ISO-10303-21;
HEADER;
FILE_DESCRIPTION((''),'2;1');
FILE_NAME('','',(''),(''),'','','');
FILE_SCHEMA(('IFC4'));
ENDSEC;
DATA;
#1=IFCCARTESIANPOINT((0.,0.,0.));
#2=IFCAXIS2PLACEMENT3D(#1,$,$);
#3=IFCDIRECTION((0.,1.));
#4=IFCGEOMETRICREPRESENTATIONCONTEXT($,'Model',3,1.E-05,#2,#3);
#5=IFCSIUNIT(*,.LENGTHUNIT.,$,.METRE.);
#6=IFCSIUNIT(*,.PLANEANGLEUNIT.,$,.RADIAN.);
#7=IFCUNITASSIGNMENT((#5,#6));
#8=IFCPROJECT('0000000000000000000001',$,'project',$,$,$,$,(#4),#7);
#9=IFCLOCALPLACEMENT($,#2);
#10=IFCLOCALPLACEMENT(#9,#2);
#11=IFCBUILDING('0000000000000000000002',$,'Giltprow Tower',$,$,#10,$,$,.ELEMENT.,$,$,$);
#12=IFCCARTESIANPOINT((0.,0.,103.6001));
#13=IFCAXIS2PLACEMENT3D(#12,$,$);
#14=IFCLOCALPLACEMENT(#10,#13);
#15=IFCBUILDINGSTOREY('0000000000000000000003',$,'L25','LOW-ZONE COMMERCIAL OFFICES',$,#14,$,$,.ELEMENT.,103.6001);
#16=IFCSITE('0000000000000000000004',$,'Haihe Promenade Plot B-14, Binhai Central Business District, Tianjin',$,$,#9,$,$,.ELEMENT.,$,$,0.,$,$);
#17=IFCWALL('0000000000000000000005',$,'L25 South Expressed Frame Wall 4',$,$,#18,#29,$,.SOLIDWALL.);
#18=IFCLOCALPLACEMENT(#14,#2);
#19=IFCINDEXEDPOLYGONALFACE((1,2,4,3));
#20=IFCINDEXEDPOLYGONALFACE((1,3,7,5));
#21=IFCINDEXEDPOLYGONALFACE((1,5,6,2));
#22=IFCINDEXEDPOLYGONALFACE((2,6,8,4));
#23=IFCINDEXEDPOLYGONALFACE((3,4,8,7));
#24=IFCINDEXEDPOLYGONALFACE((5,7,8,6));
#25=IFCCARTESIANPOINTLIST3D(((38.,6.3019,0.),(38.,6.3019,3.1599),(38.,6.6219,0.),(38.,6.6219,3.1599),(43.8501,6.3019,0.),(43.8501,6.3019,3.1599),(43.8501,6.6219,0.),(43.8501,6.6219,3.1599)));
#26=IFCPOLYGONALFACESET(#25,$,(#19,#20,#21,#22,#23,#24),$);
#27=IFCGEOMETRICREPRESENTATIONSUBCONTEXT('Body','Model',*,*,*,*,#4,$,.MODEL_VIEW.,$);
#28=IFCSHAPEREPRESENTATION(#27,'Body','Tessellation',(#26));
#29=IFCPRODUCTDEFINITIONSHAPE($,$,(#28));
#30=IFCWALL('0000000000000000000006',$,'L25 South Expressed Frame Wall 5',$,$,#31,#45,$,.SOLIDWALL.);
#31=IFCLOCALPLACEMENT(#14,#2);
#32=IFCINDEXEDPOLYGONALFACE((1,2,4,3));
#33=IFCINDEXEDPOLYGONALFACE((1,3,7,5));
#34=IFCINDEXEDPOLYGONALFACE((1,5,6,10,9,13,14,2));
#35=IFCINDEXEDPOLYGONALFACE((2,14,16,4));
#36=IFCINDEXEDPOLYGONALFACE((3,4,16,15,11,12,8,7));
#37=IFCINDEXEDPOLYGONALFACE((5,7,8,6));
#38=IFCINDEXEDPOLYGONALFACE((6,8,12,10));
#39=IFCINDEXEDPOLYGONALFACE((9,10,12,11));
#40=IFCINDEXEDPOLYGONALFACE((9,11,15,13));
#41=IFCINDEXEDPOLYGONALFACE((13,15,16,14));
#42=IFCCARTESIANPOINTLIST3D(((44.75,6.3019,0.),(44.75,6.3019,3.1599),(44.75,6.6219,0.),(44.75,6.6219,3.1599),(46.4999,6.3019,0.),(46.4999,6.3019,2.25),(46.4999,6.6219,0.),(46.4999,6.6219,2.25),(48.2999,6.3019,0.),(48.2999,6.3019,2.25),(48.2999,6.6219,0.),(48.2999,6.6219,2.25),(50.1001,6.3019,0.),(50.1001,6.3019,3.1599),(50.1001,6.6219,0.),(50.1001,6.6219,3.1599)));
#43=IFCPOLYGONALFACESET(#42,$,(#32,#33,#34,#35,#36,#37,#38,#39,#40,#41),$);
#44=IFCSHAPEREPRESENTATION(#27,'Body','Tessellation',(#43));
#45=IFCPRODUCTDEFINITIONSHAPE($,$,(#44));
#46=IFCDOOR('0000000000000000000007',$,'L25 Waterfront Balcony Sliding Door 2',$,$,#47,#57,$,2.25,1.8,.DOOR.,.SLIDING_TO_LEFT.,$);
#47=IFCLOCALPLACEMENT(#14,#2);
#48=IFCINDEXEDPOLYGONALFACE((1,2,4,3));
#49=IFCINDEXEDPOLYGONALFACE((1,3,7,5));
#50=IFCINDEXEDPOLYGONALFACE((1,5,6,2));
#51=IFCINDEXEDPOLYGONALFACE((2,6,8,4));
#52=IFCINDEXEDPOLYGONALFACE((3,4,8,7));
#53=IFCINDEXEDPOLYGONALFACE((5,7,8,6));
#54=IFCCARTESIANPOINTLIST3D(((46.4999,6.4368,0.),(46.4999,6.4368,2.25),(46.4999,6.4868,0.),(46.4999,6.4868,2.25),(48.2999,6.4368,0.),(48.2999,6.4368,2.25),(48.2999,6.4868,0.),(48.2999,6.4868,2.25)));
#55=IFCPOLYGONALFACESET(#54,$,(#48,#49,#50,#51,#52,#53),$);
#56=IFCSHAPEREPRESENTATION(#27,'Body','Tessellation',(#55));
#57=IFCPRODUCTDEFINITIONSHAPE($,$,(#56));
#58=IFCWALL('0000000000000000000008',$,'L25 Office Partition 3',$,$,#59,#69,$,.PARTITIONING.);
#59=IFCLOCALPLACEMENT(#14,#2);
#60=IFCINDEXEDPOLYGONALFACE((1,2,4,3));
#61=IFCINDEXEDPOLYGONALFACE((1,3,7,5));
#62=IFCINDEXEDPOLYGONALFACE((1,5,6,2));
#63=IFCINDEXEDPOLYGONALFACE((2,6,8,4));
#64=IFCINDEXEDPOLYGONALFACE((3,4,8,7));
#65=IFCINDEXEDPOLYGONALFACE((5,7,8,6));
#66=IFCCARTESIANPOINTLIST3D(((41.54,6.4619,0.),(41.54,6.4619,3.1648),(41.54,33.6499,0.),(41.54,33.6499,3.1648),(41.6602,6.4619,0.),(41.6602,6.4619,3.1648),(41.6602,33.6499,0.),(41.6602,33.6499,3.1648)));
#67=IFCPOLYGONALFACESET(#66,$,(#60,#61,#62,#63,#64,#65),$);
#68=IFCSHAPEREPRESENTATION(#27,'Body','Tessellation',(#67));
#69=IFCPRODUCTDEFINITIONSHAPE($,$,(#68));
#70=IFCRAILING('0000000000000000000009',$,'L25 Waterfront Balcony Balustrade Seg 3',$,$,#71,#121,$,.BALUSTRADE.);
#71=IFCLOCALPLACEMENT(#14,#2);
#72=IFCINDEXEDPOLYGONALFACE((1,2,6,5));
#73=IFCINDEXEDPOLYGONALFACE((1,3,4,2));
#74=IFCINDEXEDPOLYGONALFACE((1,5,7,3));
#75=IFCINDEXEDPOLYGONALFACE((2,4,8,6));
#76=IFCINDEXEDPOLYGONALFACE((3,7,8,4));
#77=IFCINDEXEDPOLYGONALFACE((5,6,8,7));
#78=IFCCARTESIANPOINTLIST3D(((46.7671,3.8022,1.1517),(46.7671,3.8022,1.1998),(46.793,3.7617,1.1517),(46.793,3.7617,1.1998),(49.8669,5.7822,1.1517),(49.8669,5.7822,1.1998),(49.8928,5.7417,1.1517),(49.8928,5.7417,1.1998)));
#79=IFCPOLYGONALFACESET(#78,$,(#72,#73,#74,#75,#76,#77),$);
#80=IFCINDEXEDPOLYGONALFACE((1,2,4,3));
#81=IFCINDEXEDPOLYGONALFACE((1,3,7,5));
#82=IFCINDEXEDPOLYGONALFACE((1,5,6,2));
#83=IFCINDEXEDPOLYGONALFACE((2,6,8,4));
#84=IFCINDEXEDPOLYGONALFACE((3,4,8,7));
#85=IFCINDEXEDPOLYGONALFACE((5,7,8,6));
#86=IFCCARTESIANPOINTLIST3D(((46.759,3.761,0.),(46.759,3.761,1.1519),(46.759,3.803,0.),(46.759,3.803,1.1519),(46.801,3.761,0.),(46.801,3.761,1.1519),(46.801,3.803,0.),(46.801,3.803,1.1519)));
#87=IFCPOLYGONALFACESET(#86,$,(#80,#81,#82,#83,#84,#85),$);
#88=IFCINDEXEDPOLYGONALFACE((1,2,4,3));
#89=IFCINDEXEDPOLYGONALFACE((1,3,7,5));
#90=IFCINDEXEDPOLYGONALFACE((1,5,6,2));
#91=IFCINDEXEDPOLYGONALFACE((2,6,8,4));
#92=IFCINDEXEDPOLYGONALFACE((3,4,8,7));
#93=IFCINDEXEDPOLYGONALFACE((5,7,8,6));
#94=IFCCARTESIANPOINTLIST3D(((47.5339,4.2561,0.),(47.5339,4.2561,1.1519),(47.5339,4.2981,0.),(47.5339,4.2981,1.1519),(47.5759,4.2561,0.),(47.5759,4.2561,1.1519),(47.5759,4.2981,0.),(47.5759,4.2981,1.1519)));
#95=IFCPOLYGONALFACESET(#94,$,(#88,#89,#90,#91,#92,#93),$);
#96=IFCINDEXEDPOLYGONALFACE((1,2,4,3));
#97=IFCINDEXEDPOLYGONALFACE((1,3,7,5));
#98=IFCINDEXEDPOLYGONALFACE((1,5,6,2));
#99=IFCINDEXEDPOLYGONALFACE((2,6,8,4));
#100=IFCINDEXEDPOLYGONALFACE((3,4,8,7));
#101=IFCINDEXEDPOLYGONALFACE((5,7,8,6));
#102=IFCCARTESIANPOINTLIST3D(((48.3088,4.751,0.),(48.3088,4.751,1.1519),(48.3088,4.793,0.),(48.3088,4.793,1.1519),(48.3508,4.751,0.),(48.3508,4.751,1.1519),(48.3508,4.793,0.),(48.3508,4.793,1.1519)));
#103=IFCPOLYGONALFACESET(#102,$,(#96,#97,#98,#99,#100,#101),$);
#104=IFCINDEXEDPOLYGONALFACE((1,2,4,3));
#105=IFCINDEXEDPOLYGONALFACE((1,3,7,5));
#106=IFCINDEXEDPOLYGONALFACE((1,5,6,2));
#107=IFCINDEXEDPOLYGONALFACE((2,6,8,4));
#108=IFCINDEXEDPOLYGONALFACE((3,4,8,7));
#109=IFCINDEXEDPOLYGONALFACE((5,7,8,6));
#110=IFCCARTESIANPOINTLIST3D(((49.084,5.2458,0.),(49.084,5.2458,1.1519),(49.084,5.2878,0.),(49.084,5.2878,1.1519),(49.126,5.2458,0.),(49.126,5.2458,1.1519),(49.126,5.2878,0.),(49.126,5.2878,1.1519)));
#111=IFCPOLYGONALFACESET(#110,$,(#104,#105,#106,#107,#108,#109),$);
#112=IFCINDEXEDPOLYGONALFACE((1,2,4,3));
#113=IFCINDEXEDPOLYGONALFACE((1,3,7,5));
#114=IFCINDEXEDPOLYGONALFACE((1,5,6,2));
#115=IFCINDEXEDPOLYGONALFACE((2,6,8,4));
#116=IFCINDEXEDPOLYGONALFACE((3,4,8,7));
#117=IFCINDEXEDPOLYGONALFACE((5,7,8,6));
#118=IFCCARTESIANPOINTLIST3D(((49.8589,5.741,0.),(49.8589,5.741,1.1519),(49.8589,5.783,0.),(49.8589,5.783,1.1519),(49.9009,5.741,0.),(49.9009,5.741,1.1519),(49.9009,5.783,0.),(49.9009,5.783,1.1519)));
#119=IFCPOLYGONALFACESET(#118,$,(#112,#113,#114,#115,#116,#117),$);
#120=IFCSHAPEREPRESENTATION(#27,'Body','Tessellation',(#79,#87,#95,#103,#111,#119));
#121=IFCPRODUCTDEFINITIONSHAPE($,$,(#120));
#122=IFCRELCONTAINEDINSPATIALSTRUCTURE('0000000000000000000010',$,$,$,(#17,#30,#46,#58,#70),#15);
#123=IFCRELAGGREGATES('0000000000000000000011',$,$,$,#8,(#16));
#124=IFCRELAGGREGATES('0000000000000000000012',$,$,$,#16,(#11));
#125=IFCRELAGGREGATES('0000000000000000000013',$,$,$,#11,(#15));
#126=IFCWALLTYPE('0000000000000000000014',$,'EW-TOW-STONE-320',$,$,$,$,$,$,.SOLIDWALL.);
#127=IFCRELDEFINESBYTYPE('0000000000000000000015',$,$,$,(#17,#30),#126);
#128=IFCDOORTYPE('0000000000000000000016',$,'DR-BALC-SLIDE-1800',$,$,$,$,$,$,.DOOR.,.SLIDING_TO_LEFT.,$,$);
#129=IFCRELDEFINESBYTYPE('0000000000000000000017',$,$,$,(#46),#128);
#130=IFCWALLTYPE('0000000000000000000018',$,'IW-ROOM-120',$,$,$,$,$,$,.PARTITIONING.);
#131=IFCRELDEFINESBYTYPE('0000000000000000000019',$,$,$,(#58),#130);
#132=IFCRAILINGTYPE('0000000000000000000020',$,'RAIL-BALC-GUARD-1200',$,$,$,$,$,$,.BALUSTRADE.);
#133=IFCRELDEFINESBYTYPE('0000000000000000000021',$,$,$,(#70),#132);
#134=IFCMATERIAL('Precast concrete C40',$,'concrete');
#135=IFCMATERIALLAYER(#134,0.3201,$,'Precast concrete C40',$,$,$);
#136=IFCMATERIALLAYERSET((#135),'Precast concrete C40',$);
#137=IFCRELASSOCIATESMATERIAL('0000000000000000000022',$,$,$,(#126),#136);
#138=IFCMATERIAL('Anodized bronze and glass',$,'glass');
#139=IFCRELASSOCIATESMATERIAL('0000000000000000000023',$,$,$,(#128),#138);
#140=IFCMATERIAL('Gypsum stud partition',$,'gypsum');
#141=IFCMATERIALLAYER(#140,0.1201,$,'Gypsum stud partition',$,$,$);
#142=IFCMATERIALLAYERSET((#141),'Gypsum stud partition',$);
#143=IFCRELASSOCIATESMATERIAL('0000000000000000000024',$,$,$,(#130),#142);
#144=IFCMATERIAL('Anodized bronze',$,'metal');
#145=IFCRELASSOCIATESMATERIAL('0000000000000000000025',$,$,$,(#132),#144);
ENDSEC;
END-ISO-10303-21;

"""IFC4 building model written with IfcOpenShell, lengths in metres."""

from ifc_helpers import new_model, si_unit, direction, frame, frame_2d, origin, origin_2d, place, context, subcontext, project, spatial, rectangle, extrude, source, transform, mapped, material, layer, layer_set, type_object, element, fill, save


model = new_model("IFC4")

# Units and contexts
model_context = context("Model", 3, precision=1e-05, world=origin(), true_north=direction((0.0, 1.0)))
body_context = subcontext(model_context, "Body", "Model", "MODEL_VIEW")
ifc_project = project(units=[si_unit("LENGTHUNIT", "METRE"), si_unit("PLANEANGLEUNIT", "RADIAN")], contexts=[model_context])

# Site, building, storey
site_placement = place(None, origin())
site = spatial("IfcSite", under=ifc_project, at=site_placement, Name="Haihe Promenade Plot B-14, Binhai Central Business District, Tianjin", CompositionType="ELEMENT", RefElevation=0.0)
building_placement = place(site_placement, origin())
building = spatial("IfcBuilding", under=site, at=building_placement, Name="Giltprow Tower", CompositionType="ELEMENT")
storey_placement = place(building_placement, frame((0.0, 0.0, 103.6001)))
storey = spatial("IfcBuildingStorey", under=building, at=storey_placement, Name="L25", Description="LOW-ZONE COMMERCIAL OFFICES", CompositionType="ELEMENT", Elevation=103.6001)

# Shared definitions
ifc_material_1 = material(Name="Anodized bronze", Category="metal")

# Wall
ifc_material_2 = material(Name="Precast concrete C40", Category="concrete")
ifc_layer_1 = layer(ifc_material_2, 0.3201, Name="Precast concrete C40")
ifc_layer_set_1 = layer_set([ifc_layer_1], Name="Precast concrete C40")
wall_type_1 = type_object("IfcWallType", Name="EW-TOW-STONE-320", PredefinedType="SOLIDWALL", material=ifc_layer_set_1)
wall_1_placement = place(storey_placement, frame((38.0, 6.4619, 0.0), z_axis=(0.0, 0.0, 1.0), x_axis=(1.0, 0.0, 0.0)))
element("IfcWall", 1, at=wall_1_placement, inside=storey, type_object=wall_type_1, Name="L25 South Expressed Frame Wall 4", PredefinedType="SOLIDWALL", context=body_context, shape_type="SweptSolid", body=[
    extrude(rectangle(XDim=5.8501, YDim=0.3201, at=frame_2d((2.925, 0.0))), origin(), (0.0, 0.0, 1.0), 3.1599),
])

# Wall, opening, door
wall_2_placement = place(storey_placement, frame((44.75, 6.4619, 0.0), z_axis=(0.0, 0.0, 1.0), x_axis=(1.0, 0.0, 0.0)))
wall_2 = element("IfcWall", 2, at=wall_2_placement, inside=storey, type_object=wall_type_1, Name="L25 South Expressed Frame Wall 5", PredefinedType="SOLIDWALL", context=body_context, shape_type="SweptSolid", body=[
    extrude(rectangle(XDim=5.3501, YDim=0.3201, at=frame_2d((2.675, 0.0))), origin(), (0.0, 0.0, 1.0), 3.1599),
])
opening_placement = place(wall_2_placement, frame((1.75, 0.0, 0.0)))
opening = element("IfcOpeningElement", 3, at=opening_placement, cuts=wall_2, PredefinedType="OPENING", context=body_context, shape_type="SweptSolid", body=[
    extrude(rectangle(XDim=1.8, YDim=2.25, at=frame_2d((0.8999, 1.125))), frame((0.0, 0.1699, 0.0), z_axis=(0.0, -1.0, 0.0), x_axis=(1.0, 0.0, 0.0)), (0.0, 0.0, 1.0), 0.3401),
])
ifc_material_3 = material(Name="Anodized bronze and glass", Category="glass")
door_type = type_object("IfcDoorType", Name="DR-BALC-SLIDE-1800", OperationType="SLIDING_TO_LEFT", PredefinedType="DOOR", material=ifc_material_3)
shared_shape_1 = source(origin(), body_context, "Body", "SweptSolid", [
    extrude(rectangle(XDim=1.8, YDim=2.25, at=frame_2d((0.8999, 1.125))), frame((0.0, 0.0249, 0.0), z_axis=(0.0, -1.0, 0.0), x_axis=(1.0, 0.0, 0.0)), (0.0, 0.0, 1.0), 0.05),
])
door_placement = place(opening_placement, origin())
door = element("IfcDoor", 4, at=door_placement, inside=storey, type_object=door_type, Name="L25 Waterfront Balcony Sliding Door 2", OperationType="SLIDING_TO_LEFT", OverallHeight=2.25, OverallWidth=1.8, PredefinedType="DOOR", context=body_context, shape_type="MappedRepresentation", body=[
    mapped(shared_shape_1, transform((0.0, 0.0, 0.0), x_axis=(1.0, 0.0, 0.0), y_axis=(0.0, 1.0, 0.0), z_axis=(0.0, 0.0, 1.0), scale=1.0)),
])
fill(opening, door)

# Wall
ifc_material_4 = material(Name="Gypsum stud partition", Category="gypsum")
ifc_layer_2 = layer(ifc_material_4, 0.1201, Name="Gypsum stud partition")
ifc_layer_set_2 = layer_set([ifc_layer_2], Name="Gypsum stud partition")
wall_type_2 = type_object("IfcWallType", Name="IW-ROOM-120", PredefinedType="PARTITIONING", material=ifc_layer_set_2)
wall_3_placement = place(storey_placement, frame((41.6001, 6.4619, 0.0), z_axis=(0.0, 0.0, 1.0), x_axis=(0.0, 1.0, 0.0)))
element("IfcWall", 5, at=wall_3_placement, inside=storey, type_object=wall_type_2, Name="L25 Office Partition 3", PredefinedType="PARTITIONING", context=body_context, shape_type="SweptSolid", body=[
    extrude(rectangle(XDim=27.188, YDim=0.1201, at=frame_2d((13.594, 0.0))), origin(), (0.0, 0.0, 1.0), 3.1648),
])

# Railing
railing_type = type_object("IfcRailingType", Name="RAIL-BALC-GUARD-1200", PredefinedType="BALUSTRADE", material=ifc_material_1)
railing_1_placement = place(storey_placement, frame((46.78, 3.782, 0.0)))
element("IfcRailing", 6, at=railing_1_placement, inside=storey, type_object=railing_type, Name="L25 Waterfront Balcony Balustrade Seg 3", PredefinedType="BALUSTRADE", context=body_context, shape_type="SweptSolid", body=[
    extrude(rectangle(XDim=0.0481, YDim=0.0481, at=origin_2d()), frame((0.0, 0.0, 1.1758), z_axis=(0.842756, 0.538296, 0.0), x_axis=(-0.538296, 0.842756, 0.0)), (0.0, 0.0, 1.0), 3.6782),
    extrude(rectangle(XDim=0.042, YDim=0.042, at=origin_2d()), origin(), (0.0, 0.0, 1.0), 1.1519),
    extrude(rectangle(XDim=0.042, YDim=0.042, at=origin_2d()), frame((0.7749, 0.4951, 0.0)), (0.0, 0.0, 1.0), 1.1519),
    extrude(rectangle(XDim=0.042, YDim=0.042, at=origin_2d()), frame((1.5498, 0.99, 0.0)), (0.0, 0.0, 1.0), 1.1519),
    extrude(rectangle(XDim=0.042, YDim=0.042, at=origin_2d()), frame((2.325, 1.4849, 0.0)), (0.0, 0.0, 1.0), 1.1519),
    extrude(rectangle(XDim=0.042, YDim=0.042, at=origin_2d()), frame((3.0999, 1.98, 0.0)), (0.0, 0.0, 1.0), 1.1519),
])

save(model, "model.ifc")
